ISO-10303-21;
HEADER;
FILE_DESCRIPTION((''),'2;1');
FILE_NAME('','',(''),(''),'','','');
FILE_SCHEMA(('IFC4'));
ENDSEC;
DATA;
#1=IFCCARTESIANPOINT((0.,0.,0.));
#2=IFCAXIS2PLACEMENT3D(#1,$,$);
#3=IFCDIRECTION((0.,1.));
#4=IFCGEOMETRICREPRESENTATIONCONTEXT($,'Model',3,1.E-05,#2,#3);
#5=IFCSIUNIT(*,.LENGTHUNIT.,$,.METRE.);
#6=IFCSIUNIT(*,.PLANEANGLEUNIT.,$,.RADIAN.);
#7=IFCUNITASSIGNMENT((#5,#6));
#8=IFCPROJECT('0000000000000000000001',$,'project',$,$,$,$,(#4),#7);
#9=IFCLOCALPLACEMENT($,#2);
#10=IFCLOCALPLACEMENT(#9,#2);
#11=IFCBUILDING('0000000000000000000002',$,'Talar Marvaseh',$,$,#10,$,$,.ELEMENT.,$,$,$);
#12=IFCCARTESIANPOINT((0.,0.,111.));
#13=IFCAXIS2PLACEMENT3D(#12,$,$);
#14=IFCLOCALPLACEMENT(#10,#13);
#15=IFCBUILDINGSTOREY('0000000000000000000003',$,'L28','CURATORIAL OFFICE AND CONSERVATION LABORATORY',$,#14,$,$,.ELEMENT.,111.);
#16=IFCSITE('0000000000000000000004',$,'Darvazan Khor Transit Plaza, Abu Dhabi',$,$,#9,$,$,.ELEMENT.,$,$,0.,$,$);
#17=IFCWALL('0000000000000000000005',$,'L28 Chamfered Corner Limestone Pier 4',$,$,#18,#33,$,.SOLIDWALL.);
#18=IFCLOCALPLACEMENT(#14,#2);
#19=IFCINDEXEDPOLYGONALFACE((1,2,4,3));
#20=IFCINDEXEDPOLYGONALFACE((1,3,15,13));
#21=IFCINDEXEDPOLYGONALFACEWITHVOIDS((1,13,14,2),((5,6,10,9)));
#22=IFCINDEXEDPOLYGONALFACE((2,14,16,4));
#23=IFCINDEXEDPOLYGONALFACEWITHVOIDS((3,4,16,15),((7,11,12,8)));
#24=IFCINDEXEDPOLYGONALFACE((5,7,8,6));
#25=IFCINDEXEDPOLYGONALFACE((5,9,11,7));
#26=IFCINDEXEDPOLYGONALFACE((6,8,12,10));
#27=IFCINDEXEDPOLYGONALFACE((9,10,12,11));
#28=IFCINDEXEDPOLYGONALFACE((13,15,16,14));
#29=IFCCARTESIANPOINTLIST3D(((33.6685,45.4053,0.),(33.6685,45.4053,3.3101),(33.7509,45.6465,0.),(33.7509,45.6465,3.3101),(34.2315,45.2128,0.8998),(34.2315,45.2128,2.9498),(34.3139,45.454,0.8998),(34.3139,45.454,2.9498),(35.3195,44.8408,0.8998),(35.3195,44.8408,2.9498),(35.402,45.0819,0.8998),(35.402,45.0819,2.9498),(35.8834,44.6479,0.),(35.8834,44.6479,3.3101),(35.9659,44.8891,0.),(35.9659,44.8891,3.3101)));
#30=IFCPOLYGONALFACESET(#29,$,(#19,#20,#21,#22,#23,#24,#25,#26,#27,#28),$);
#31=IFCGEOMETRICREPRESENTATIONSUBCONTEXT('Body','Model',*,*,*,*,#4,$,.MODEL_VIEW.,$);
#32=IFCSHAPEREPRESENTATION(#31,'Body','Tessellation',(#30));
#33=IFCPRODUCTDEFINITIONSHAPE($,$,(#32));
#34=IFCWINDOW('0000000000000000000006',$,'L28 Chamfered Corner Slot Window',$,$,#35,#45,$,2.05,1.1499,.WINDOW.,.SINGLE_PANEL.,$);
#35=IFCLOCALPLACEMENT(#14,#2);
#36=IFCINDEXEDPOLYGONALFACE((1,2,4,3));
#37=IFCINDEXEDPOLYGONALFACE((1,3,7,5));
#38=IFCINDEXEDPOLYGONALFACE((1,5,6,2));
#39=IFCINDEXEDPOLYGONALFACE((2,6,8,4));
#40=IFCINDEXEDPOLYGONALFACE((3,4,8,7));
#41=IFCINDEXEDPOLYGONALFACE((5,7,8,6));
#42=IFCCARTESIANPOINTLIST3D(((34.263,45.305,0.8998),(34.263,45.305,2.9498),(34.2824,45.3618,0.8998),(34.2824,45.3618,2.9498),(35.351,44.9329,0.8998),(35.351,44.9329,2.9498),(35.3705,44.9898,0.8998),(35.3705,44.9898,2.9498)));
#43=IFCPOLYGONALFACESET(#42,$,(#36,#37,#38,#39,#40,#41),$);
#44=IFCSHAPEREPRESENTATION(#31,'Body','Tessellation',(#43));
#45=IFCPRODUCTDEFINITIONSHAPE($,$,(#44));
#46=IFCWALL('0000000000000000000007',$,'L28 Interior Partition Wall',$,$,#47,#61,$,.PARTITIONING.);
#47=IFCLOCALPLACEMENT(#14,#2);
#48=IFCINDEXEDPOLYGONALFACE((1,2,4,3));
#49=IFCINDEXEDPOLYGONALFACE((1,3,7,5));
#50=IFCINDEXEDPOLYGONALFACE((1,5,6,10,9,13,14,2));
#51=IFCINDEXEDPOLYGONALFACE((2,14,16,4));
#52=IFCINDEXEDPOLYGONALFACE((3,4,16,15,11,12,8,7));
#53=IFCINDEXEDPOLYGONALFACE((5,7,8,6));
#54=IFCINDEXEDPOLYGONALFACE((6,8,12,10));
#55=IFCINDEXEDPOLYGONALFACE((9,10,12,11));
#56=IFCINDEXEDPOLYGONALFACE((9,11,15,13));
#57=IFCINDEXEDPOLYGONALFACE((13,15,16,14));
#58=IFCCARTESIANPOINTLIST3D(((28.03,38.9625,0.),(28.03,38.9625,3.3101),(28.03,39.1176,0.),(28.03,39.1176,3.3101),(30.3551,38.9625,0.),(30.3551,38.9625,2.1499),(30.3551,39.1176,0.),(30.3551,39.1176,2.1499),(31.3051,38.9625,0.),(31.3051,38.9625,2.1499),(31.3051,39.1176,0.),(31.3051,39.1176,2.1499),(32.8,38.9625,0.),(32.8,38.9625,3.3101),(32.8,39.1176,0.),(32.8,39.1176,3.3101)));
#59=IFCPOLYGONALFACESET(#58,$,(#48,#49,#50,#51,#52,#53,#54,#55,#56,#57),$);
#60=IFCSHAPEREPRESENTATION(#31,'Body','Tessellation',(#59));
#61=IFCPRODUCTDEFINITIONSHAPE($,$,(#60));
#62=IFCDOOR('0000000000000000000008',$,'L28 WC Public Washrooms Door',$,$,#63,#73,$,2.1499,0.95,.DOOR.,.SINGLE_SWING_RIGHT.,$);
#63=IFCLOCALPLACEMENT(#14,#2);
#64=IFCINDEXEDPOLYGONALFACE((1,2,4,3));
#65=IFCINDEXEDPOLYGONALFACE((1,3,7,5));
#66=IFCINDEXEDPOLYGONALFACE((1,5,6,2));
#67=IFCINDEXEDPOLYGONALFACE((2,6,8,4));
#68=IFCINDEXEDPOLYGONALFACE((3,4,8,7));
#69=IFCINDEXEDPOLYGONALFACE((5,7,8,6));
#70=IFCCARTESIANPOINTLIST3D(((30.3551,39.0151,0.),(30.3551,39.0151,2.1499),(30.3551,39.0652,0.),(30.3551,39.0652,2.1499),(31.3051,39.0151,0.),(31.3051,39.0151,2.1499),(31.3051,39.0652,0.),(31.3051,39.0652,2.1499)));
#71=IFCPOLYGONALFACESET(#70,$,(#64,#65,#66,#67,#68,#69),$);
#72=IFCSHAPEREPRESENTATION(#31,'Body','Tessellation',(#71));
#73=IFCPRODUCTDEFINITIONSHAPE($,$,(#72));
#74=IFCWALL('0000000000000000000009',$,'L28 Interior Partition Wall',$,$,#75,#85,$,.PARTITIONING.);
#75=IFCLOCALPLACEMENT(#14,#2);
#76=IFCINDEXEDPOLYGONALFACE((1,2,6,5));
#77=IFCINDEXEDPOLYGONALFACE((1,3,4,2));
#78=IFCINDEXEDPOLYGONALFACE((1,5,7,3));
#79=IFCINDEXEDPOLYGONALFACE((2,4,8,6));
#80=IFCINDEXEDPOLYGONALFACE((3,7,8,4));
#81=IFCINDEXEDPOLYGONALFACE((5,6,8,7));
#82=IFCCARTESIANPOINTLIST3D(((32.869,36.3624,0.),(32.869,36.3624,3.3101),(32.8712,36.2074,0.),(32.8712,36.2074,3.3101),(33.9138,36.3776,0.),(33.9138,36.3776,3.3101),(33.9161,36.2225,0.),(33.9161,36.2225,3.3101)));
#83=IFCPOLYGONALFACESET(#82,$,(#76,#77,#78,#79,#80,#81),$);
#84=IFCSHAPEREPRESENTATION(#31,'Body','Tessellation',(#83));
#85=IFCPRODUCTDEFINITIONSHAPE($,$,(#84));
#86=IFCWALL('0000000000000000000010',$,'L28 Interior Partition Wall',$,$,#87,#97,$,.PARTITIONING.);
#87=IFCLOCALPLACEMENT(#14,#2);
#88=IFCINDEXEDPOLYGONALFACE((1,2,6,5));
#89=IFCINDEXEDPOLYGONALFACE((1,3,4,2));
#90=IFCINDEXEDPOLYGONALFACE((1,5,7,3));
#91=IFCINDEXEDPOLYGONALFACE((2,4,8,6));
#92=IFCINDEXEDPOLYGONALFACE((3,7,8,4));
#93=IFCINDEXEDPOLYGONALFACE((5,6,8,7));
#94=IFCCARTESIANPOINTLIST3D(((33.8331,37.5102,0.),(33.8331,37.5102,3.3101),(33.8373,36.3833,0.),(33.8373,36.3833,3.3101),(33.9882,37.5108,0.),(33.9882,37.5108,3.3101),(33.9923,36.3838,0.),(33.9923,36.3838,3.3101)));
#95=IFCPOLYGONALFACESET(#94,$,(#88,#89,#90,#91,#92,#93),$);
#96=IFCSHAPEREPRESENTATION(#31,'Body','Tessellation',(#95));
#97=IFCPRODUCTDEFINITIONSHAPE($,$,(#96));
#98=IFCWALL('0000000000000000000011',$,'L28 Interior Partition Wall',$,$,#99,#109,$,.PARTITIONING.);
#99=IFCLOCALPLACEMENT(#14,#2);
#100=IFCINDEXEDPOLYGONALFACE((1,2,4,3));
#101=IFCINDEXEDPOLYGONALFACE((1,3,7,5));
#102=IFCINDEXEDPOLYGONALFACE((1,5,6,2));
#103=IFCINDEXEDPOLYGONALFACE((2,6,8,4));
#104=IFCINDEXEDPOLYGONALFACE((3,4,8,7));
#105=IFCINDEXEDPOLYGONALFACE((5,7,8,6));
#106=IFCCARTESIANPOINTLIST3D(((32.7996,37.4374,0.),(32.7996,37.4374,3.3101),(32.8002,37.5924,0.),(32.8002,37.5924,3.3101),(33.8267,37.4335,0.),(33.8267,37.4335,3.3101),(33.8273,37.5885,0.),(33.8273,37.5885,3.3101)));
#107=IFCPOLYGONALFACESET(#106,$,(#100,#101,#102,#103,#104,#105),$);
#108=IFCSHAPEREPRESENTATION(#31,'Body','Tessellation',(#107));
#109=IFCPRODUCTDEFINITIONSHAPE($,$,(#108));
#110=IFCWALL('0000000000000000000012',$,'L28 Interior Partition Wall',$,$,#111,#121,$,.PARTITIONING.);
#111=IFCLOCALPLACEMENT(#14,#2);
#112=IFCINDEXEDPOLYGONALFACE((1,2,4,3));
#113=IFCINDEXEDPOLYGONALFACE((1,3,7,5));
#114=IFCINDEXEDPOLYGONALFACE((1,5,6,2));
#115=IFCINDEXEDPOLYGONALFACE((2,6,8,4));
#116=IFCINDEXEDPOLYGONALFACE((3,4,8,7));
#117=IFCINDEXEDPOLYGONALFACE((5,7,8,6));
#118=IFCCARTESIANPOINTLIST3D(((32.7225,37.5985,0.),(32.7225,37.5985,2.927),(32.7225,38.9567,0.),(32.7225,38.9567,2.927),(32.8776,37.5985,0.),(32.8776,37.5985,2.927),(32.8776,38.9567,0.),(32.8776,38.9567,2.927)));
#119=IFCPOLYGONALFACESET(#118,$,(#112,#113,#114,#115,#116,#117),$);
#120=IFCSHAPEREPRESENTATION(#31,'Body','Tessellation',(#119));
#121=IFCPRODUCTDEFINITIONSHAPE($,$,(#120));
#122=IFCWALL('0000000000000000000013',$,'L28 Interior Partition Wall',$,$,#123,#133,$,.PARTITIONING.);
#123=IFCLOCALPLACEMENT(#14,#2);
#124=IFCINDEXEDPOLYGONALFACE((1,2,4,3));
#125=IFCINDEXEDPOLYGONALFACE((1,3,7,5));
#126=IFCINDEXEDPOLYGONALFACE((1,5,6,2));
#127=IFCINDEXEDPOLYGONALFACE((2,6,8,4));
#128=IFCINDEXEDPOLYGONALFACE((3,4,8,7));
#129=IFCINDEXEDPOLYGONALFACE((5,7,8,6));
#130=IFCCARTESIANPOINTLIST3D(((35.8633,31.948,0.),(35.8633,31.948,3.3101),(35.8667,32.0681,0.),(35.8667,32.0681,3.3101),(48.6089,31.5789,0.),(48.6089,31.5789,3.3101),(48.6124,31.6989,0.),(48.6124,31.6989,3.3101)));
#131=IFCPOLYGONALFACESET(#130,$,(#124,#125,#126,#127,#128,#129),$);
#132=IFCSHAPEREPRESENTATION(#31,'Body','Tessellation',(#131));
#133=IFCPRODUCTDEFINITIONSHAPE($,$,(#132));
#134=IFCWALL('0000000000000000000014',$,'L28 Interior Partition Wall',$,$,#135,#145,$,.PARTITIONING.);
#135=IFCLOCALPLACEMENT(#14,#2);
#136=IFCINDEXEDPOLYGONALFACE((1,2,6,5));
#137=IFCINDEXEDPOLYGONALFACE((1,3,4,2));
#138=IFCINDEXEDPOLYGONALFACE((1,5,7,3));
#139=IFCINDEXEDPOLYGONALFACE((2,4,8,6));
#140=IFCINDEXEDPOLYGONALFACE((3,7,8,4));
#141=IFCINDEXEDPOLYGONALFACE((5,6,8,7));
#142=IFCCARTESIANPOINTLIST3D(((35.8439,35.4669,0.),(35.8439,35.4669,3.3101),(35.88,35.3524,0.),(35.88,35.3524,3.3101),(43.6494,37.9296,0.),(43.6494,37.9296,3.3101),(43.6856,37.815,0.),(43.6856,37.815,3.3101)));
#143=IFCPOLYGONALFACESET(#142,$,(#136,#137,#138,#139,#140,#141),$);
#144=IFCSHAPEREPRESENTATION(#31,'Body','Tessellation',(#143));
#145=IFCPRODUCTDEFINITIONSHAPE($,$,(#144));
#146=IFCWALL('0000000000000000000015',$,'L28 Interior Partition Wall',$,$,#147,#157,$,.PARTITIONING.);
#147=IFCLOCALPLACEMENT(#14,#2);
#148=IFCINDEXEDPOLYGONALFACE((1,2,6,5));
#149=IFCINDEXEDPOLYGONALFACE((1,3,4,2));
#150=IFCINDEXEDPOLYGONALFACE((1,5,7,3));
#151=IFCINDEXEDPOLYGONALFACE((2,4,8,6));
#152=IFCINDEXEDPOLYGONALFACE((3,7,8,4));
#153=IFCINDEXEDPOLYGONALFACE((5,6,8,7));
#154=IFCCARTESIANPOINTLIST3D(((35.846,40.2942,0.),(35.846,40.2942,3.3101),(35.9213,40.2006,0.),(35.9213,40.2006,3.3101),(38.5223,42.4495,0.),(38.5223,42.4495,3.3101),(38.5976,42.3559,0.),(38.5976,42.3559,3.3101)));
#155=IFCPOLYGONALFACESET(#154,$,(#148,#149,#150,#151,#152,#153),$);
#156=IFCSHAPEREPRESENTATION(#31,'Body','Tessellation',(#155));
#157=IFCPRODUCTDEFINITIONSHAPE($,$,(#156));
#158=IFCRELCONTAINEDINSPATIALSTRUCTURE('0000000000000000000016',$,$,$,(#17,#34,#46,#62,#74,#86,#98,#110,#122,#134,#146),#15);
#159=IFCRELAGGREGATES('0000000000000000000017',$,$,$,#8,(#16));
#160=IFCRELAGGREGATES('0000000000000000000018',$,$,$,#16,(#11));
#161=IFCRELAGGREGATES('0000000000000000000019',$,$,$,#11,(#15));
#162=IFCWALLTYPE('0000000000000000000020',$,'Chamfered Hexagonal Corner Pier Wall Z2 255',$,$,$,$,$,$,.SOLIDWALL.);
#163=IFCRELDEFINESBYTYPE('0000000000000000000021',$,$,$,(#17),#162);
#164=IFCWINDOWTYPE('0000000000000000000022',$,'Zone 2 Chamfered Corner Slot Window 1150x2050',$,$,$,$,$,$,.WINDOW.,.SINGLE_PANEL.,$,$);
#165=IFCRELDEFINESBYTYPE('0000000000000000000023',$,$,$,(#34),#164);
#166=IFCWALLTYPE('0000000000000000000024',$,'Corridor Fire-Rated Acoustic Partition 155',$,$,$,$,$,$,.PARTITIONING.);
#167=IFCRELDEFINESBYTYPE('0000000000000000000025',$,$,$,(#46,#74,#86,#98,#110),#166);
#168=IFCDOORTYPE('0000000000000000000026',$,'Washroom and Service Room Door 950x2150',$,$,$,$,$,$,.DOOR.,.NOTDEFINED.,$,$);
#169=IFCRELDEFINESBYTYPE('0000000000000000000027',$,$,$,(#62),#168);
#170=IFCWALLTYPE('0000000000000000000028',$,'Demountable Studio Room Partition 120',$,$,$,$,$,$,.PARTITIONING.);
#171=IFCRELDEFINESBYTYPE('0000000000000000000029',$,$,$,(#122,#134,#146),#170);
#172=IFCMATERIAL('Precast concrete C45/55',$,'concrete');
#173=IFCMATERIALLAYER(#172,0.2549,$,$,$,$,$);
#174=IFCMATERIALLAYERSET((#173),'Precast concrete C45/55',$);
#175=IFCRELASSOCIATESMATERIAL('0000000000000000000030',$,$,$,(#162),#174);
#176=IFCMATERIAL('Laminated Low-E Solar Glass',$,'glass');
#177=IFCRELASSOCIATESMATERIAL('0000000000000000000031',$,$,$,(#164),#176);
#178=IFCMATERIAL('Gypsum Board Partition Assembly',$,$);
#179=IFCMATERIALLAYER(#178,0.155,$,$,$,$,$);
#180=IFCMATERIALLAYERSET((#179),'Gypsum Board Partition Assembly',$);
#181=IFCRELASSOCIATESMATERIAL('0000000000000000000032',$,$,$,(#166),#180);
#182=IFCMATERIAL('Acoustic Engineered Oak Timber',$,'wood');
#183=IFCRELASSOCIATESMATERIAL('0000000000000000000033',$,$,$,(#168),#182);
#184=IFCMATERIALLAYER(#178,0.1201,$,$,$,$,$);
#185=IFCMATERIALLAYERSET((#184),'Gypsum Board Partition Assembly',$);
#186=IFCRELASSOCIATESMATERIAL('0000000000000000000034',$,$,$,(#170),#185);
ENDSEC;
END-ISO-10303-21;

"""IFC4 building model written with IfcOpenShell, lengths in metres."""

from ifc_helpers import new_model, si_unit, direction, frame, frame_2d, origin, place, context, subcontext, project, spatial, rectangle, extrude, source, transform, mapped, material, layer, layer_set, type_object, type_shapes, element, fill, save


model = new_model("IFC4")

# Units and contexts
model_context = context("Model", 3, precision=1e-05, world=origin(), true_north=direction((0.0, 1.0)))
body_context = subcontext(model_context, "Body", "Model", "MODEL_VIEW")
ifc_project = project(units=[si_unit("LENGTHUNIT", "METRE"), si_unit("PLANEANGLEUNIT", "RADIAN")], contexts=[model_context])

# Site, building, storey
site_placement = place(None, origin())
site = spatial("IfcSite", under=ifc_project, at=site_placement, Name="Darvazan Khor Transit Plaza, Abu Dhabi", CompositionType="ELEMENT", RefElevation=0.0)
building_placement = place(site_placement, origin())
building = spatial("IfcBuilding", under=site, at=building_placement, Name="Talar Marvaseh", CompositionType="ELEMENT")
storey_placement = place(building_placement, frame((0.0, 0.0, 111.0)))
storey = spatial("IfcBuildingStorey", under=building, at=storey_placement, Name="L28", Description="CURATORIAL OFFICE AND CONSERVATION LABORATORY", CompositionType="ELEMENT", Elevation=111.0)

# Shared definitions
ifc_material_1 = material(Name="Laminated Low-E Solar Glass", Category="glass")

# Wall, opening, window
ifc_material_2 = material(Name="Precast concrete C45/55", Category="concrete")
ifc_layer_1 = layer(ifc_material_2, 0.2549)
ifc_layer_set_1 = layer_set([ifc_layer_1], Name="Precast concrete C45/55")
wall_type_1 = type_object("IfcWallType", Name="Chamfered Hexagonal Corner Pier Wall Z2 255", PredefinedType="SOLIDWALL", material=ifc_layer_set_1)
wall_1_placement = place(storey_placement, frame((33.7097, 45.5259, 0.0), z_axis=(0.0, 0.0, 1.0), x_axis=(0.946214, -0.32354, 0.0)))
wall_1 = element("IfcWall", 1, at=wall_1_placement, inside=storey, type_object=wall_type_1, Name="L28 Chamfered Corner Limestone Pier 4", PredefinedType="SOLIDWALL", context=body_context, shape_type="SweptSolid", body=[
    extrude(rectangle(XDim=2.3408, YDim=0.2549, at=frame_2d((1.1704, 0.0))), origin(), (0.0, 0.0, 1.0), 3.3101),
])
opening_1_placement = place(wall_1_placement, frame((0.595, 0.0, 0.8999)))
opening_1 = element("IfcOpeningElement", 2, at=opening_1_placement, cuts=wall_1, PredefinedType="OPENING", context=body_context, shape_type="SweptSolid", body=[
    extrude(rectangle(XDim=1.1499, YDim=2.05, at=frame_2d((0.575, 1.0249))), frame((0.0, 0.1375, 0.0), z_axis=(0.0, -1.0, 0.0), x_axis=(1.0, 0.0, 0.0)), (0.0, 0.0, 1.0), 0.2749),
])
window_type = type_object("IfcWindowType", Name="Zone 2 Chamfered Corner Slot Window 1150x2050", PartitioningType="SINGLE_PANEL", PredefinedType="WINDOW", material=ifc_material_1)
shared_shape_1 = source(origin(), body_context, "Body", "SweptSolid", [
    extrude(rectangle(XDim=1.1499, YDim=2.05, at=frame_2d((0.575, 1.0249))), frame((0.0, 0.03, 0.0), z_axis=(0.0, -1.0, 0.0), x_axis=(1.0, 0.0, 0.0)), (0.0, 0.0, 1.0), 0.0601),
])
type_shapes(window_type, [shared_shape_1])
window_placement = place(opening_1_placement, origin())
window = element("IfcWindow", 3, at=window_placement, inside=storey, type_object=window_type, Name="L28 Chamfered Corner Slot Window", OverallHeight=2.05, OverallWidth=1.1499, PartitioningType="SINGLE_PANEL", PredefinedType="WINDOW", context=body_context, shape_type="MappedRepresentation", body=[
    mapped(shared_shape_1, transform((0.0, 0.0, 0.0), x_axis=(1.0, 0.0, 0.0), y_axis=(0.0, 1.0, 0.0), z_axis=(0.0, 0.0, 1.0), scale=1.0)),
])
fill(opening_1, window)

# Wall, opening, door
ifc_material_3 = material(Name="Gypsum Board Partition Assembly")
ifc_layer_2 = layer(ifc_material_3, 0.155)
ifc_layer_set_2 = layer_set([ifc_layer_2], Name="Gypsum Board Partition Assembly")
wall_type_2 = type_object("IfcWallType", Name="Corridor Fire-Rated Acoustic Partition 155", PredefinedType="PARTITIONING", material=ifc_layer_set_2)
wall_2_placement = place(storey_placement, frame((32.8, 39.04, 0.0), z_axis=(0.0, 0.0, 1.0), x_axis=(-1.0, 0.0, 0.0)))
wall_2 = element("IfcWall", 4, at=wall_2_placement, inside=storey, type_object=wall_type_2, Name="L28 Interior Partition Wall", PredefinedType="PARTITIONING", context=body_context, shape_type="SweptSolid", body=[
    extrude(rectangle(XDim=4.77, YDim=0.155, at=frame_2d((2.385, 0.0))), origin(), (0.0, 0.0, 1.0), 3.3101),
])
opening_2_placement = place(wall_2_placement, frame((1.4949, 0.0, 0.0)))
opening_2 = element("IfcOpeningElement", 5, at=opening_2_placement, cuts=wall_2, PredefinedType="OPENING", context=body_context, shape_type="SweptSolid", body=[
    extrude(rectangle(XDim=0.95, YDim=2.1499, at=frame_2d((0.4751, 1.075))), frame((0.0, 0.0874, 0.0), z_axis=(0.0, -1.0, 0.0), x_axis=(1.0, 0.0, 0.0)), (0.0, 0.0, 1.0), 0.175),
])
ifc_material_4 = material(Name="Acoustic Engineered Oak Timber", Category="wood")
door_type_1 = type_object("IfcDoorType", Name="Washroom and Service Room Door 950x2150", OperationType="NOTDEFINED", PredefinedType="DOOR", material=ifc_material_4)
shared_shape_2 = source(origin(), body_context, "Body", "SweptSolid", [
    extrude(rectangle(XDim=0.95, YDim=2.1499, at=frame_2d((0.4751, 1.075))), frame((0.0, 0.0249, 0.0), z_axis=(0.0, -1.0, 0.0), x_axis=(1.0, 0.0, 0.0)), (0.0, 0.0, 1.0), 0.05),
])
type_shapes(door_type_1, [shared_shape_2])
door_1_placement = place(opening_2_placement, origin())
door_1 = element("IfcDoor", 6, at=door_1_placement, inside=storey, type_object=door_type_1, Name="L28 WC Public Washrooms Door", OperationType="SINGLE_SWING_RIGHT", OverallHeight=2.1499, OverallWidth=0.95, PredefinedType="DOOR", context=body_context, shape_type="MappedRepresentation", body=[
    mapped(shared_shape_2, transform((0.0, 0.0, 0.0), x_axis=(1.0, 0.0, 0.0), y_axis=(0.0, 1.0, 0.0), z_axis=(0.0, 0.0, 1.0), scale=1.0)),
])
fill(opening_2, door_1)

# Walls
wall_3_placement = place(storey_placement, frame((32.8701, 36.2849, 0.0), z_axis=(0.0, 0.0, 1.0), x_axis=(0.999895, 0.014484, 0.0)))
element("IfcWall", 7, at=wall_3_placement, inside=storey, type_object=wall_type_2, Name="L28 Interior Partition Wall", PredefinedType="PARTITIONING", context=body_context, shape_type="SweptSolid", body=[
    extrude(rectangle(XDim=1.0449, YDim=0.155, at=frame_2d((0.5225, 0.0))), origin(), (0.0, 0.0, 1.0), 3.3101),
])
wall_4_placement = place(storey_placement, frame((33.9148, 36.3835, 0.0), z_axis=(0.0, 0.0, 1.0), x_axis=(-0.003683, 0.999993, 0.0)))
element("IfcWall", 8, at=wall_4_placement, inside=storey, type_object=wall_type_2, Name="L28 Interior Partition Wall", PredefinedType="PARTITIONING", context=body_context, shape_type="SweptSolid", body=[
    extrude(rectangle(XDim=1.127, YDim=0.155, at=frame_2d((0.5635, 0.0))), origin(), (0.0, 0.0, 1.0), 3.3101),
])
wall_5_placement = place(storey_placement, frame((33.8271, 37.511, 0.0), z_axis=(0.0, 0.0, 1.0), x_axis=(-0.999993, 0.003803, 0.0)))
element("IfcWall", 9, at=wall_5_placement, inside=storey, type_object=wall_type_2, Name="L28 Interior Partition Wall", PredefinedType="PARTITIONING", context=body_context, shape_type="SweptSolid", body=[
    extrude(rectangle(XDim=1.0271, YDim=0.155, at=frame_2d((0.5137, 0.0))), origin(), (0.0, 0.0, 1.0), 3.3101),
])
wall_6_placement = place(storey_placement, frame((32.8, 37.5984, 0.0), z_axis=(0.0, 0.0, 1.0), x_axis=(0.0, 1.0, 0.0)))
element("IfcWall", 10, at=wall_6_placement, inside=storey, type_object=wall_type_2, Name="L28 Interior Partition Wall", PredefinedType="PARTITIONING", context=body_context, shape_type="SweptSolid", body=[
    extrude(rectangle(XDim=1.3582, YDim=0.155, at=frame_2d((0.6792, 0.0))), origin(), (0.0, 0.0, 1.0), 2.927),
])
ifc_layer_3 = layer(ifc_material_3, 0.1201)
ifc_layer_set_3 = layer_set([ifc_layer_3], Name="Gypsum Board Partition Assembly")
wall_type_3 = type_object("IfcWallType", Name="Demountable Studio Room Partition 120", PredefinedType="PARTITIONING", material=ifc_layer_set_3)
wall_7_placement = place(storey_placement, frame((35.865, 32.0081, 0.0), z_axis=(0.0, 0.0, 1.0), x_axis=(0.999581, -0.02895, 0.0)))
element("IfcWall", 11, at=wall_7_placement, inside=storey, type_object=wall_type_3, Name="L28 Interior Partition Wall", PredefinedType="PARTITIONING", context=body_context, shape_type="SweptSolid", body=[
    extrude(rectangle(XDim=12.751, YDim=0.1201, at=frame_2d((6.3755, 0.0))), origin(), (0.0, 0.0, 1.0), 3.3101),
])
wall_8_placement = place(storey_placement, frame((35.8621, 35.4097, 0.0), z_axis=(0.0, 0.0, 1.0), x_axis=(0.953661, 0.300884, 0.0)))
element("IfcWall", 12, at=wall_8_placement, inside=storey, type_object=wall_type_3, Name="L28 Interior Partition Wall", PredefinedType="PARTITIONING", context=body_context, shape_type="SweptSolid", body=[
    extrude(rectangle(XDim=8.1848, YDim=0.1201, at=frame_2d((4.0923, 0.0))), origin(), (0.0, 0.0, 1.0), 3.3101),
])
wall_9_placement = place(storey_placement, frame((35.8835, 40.2473, 0.0), z_axis=(0.0, 0.0, 1.0), x_axis=(0.778841, 0.627222, 0.0)))
element("IfcWall", 13, at=wall_9_placement, inside=storey, type_object=wall_type_3, Name="L28 Interior Partition Wall", PredefinedType="PARTITIONING", context=body_context, shape_type="SweptSolid", body=[
    extrude(rectangle(XDim=3.4363, YDim=0.1201, at=frame_2d((1.7183, 0.0))), origin(), (0.0, 0.0, 1.0), 3.3101),
])

save(model, "model.ifc")
